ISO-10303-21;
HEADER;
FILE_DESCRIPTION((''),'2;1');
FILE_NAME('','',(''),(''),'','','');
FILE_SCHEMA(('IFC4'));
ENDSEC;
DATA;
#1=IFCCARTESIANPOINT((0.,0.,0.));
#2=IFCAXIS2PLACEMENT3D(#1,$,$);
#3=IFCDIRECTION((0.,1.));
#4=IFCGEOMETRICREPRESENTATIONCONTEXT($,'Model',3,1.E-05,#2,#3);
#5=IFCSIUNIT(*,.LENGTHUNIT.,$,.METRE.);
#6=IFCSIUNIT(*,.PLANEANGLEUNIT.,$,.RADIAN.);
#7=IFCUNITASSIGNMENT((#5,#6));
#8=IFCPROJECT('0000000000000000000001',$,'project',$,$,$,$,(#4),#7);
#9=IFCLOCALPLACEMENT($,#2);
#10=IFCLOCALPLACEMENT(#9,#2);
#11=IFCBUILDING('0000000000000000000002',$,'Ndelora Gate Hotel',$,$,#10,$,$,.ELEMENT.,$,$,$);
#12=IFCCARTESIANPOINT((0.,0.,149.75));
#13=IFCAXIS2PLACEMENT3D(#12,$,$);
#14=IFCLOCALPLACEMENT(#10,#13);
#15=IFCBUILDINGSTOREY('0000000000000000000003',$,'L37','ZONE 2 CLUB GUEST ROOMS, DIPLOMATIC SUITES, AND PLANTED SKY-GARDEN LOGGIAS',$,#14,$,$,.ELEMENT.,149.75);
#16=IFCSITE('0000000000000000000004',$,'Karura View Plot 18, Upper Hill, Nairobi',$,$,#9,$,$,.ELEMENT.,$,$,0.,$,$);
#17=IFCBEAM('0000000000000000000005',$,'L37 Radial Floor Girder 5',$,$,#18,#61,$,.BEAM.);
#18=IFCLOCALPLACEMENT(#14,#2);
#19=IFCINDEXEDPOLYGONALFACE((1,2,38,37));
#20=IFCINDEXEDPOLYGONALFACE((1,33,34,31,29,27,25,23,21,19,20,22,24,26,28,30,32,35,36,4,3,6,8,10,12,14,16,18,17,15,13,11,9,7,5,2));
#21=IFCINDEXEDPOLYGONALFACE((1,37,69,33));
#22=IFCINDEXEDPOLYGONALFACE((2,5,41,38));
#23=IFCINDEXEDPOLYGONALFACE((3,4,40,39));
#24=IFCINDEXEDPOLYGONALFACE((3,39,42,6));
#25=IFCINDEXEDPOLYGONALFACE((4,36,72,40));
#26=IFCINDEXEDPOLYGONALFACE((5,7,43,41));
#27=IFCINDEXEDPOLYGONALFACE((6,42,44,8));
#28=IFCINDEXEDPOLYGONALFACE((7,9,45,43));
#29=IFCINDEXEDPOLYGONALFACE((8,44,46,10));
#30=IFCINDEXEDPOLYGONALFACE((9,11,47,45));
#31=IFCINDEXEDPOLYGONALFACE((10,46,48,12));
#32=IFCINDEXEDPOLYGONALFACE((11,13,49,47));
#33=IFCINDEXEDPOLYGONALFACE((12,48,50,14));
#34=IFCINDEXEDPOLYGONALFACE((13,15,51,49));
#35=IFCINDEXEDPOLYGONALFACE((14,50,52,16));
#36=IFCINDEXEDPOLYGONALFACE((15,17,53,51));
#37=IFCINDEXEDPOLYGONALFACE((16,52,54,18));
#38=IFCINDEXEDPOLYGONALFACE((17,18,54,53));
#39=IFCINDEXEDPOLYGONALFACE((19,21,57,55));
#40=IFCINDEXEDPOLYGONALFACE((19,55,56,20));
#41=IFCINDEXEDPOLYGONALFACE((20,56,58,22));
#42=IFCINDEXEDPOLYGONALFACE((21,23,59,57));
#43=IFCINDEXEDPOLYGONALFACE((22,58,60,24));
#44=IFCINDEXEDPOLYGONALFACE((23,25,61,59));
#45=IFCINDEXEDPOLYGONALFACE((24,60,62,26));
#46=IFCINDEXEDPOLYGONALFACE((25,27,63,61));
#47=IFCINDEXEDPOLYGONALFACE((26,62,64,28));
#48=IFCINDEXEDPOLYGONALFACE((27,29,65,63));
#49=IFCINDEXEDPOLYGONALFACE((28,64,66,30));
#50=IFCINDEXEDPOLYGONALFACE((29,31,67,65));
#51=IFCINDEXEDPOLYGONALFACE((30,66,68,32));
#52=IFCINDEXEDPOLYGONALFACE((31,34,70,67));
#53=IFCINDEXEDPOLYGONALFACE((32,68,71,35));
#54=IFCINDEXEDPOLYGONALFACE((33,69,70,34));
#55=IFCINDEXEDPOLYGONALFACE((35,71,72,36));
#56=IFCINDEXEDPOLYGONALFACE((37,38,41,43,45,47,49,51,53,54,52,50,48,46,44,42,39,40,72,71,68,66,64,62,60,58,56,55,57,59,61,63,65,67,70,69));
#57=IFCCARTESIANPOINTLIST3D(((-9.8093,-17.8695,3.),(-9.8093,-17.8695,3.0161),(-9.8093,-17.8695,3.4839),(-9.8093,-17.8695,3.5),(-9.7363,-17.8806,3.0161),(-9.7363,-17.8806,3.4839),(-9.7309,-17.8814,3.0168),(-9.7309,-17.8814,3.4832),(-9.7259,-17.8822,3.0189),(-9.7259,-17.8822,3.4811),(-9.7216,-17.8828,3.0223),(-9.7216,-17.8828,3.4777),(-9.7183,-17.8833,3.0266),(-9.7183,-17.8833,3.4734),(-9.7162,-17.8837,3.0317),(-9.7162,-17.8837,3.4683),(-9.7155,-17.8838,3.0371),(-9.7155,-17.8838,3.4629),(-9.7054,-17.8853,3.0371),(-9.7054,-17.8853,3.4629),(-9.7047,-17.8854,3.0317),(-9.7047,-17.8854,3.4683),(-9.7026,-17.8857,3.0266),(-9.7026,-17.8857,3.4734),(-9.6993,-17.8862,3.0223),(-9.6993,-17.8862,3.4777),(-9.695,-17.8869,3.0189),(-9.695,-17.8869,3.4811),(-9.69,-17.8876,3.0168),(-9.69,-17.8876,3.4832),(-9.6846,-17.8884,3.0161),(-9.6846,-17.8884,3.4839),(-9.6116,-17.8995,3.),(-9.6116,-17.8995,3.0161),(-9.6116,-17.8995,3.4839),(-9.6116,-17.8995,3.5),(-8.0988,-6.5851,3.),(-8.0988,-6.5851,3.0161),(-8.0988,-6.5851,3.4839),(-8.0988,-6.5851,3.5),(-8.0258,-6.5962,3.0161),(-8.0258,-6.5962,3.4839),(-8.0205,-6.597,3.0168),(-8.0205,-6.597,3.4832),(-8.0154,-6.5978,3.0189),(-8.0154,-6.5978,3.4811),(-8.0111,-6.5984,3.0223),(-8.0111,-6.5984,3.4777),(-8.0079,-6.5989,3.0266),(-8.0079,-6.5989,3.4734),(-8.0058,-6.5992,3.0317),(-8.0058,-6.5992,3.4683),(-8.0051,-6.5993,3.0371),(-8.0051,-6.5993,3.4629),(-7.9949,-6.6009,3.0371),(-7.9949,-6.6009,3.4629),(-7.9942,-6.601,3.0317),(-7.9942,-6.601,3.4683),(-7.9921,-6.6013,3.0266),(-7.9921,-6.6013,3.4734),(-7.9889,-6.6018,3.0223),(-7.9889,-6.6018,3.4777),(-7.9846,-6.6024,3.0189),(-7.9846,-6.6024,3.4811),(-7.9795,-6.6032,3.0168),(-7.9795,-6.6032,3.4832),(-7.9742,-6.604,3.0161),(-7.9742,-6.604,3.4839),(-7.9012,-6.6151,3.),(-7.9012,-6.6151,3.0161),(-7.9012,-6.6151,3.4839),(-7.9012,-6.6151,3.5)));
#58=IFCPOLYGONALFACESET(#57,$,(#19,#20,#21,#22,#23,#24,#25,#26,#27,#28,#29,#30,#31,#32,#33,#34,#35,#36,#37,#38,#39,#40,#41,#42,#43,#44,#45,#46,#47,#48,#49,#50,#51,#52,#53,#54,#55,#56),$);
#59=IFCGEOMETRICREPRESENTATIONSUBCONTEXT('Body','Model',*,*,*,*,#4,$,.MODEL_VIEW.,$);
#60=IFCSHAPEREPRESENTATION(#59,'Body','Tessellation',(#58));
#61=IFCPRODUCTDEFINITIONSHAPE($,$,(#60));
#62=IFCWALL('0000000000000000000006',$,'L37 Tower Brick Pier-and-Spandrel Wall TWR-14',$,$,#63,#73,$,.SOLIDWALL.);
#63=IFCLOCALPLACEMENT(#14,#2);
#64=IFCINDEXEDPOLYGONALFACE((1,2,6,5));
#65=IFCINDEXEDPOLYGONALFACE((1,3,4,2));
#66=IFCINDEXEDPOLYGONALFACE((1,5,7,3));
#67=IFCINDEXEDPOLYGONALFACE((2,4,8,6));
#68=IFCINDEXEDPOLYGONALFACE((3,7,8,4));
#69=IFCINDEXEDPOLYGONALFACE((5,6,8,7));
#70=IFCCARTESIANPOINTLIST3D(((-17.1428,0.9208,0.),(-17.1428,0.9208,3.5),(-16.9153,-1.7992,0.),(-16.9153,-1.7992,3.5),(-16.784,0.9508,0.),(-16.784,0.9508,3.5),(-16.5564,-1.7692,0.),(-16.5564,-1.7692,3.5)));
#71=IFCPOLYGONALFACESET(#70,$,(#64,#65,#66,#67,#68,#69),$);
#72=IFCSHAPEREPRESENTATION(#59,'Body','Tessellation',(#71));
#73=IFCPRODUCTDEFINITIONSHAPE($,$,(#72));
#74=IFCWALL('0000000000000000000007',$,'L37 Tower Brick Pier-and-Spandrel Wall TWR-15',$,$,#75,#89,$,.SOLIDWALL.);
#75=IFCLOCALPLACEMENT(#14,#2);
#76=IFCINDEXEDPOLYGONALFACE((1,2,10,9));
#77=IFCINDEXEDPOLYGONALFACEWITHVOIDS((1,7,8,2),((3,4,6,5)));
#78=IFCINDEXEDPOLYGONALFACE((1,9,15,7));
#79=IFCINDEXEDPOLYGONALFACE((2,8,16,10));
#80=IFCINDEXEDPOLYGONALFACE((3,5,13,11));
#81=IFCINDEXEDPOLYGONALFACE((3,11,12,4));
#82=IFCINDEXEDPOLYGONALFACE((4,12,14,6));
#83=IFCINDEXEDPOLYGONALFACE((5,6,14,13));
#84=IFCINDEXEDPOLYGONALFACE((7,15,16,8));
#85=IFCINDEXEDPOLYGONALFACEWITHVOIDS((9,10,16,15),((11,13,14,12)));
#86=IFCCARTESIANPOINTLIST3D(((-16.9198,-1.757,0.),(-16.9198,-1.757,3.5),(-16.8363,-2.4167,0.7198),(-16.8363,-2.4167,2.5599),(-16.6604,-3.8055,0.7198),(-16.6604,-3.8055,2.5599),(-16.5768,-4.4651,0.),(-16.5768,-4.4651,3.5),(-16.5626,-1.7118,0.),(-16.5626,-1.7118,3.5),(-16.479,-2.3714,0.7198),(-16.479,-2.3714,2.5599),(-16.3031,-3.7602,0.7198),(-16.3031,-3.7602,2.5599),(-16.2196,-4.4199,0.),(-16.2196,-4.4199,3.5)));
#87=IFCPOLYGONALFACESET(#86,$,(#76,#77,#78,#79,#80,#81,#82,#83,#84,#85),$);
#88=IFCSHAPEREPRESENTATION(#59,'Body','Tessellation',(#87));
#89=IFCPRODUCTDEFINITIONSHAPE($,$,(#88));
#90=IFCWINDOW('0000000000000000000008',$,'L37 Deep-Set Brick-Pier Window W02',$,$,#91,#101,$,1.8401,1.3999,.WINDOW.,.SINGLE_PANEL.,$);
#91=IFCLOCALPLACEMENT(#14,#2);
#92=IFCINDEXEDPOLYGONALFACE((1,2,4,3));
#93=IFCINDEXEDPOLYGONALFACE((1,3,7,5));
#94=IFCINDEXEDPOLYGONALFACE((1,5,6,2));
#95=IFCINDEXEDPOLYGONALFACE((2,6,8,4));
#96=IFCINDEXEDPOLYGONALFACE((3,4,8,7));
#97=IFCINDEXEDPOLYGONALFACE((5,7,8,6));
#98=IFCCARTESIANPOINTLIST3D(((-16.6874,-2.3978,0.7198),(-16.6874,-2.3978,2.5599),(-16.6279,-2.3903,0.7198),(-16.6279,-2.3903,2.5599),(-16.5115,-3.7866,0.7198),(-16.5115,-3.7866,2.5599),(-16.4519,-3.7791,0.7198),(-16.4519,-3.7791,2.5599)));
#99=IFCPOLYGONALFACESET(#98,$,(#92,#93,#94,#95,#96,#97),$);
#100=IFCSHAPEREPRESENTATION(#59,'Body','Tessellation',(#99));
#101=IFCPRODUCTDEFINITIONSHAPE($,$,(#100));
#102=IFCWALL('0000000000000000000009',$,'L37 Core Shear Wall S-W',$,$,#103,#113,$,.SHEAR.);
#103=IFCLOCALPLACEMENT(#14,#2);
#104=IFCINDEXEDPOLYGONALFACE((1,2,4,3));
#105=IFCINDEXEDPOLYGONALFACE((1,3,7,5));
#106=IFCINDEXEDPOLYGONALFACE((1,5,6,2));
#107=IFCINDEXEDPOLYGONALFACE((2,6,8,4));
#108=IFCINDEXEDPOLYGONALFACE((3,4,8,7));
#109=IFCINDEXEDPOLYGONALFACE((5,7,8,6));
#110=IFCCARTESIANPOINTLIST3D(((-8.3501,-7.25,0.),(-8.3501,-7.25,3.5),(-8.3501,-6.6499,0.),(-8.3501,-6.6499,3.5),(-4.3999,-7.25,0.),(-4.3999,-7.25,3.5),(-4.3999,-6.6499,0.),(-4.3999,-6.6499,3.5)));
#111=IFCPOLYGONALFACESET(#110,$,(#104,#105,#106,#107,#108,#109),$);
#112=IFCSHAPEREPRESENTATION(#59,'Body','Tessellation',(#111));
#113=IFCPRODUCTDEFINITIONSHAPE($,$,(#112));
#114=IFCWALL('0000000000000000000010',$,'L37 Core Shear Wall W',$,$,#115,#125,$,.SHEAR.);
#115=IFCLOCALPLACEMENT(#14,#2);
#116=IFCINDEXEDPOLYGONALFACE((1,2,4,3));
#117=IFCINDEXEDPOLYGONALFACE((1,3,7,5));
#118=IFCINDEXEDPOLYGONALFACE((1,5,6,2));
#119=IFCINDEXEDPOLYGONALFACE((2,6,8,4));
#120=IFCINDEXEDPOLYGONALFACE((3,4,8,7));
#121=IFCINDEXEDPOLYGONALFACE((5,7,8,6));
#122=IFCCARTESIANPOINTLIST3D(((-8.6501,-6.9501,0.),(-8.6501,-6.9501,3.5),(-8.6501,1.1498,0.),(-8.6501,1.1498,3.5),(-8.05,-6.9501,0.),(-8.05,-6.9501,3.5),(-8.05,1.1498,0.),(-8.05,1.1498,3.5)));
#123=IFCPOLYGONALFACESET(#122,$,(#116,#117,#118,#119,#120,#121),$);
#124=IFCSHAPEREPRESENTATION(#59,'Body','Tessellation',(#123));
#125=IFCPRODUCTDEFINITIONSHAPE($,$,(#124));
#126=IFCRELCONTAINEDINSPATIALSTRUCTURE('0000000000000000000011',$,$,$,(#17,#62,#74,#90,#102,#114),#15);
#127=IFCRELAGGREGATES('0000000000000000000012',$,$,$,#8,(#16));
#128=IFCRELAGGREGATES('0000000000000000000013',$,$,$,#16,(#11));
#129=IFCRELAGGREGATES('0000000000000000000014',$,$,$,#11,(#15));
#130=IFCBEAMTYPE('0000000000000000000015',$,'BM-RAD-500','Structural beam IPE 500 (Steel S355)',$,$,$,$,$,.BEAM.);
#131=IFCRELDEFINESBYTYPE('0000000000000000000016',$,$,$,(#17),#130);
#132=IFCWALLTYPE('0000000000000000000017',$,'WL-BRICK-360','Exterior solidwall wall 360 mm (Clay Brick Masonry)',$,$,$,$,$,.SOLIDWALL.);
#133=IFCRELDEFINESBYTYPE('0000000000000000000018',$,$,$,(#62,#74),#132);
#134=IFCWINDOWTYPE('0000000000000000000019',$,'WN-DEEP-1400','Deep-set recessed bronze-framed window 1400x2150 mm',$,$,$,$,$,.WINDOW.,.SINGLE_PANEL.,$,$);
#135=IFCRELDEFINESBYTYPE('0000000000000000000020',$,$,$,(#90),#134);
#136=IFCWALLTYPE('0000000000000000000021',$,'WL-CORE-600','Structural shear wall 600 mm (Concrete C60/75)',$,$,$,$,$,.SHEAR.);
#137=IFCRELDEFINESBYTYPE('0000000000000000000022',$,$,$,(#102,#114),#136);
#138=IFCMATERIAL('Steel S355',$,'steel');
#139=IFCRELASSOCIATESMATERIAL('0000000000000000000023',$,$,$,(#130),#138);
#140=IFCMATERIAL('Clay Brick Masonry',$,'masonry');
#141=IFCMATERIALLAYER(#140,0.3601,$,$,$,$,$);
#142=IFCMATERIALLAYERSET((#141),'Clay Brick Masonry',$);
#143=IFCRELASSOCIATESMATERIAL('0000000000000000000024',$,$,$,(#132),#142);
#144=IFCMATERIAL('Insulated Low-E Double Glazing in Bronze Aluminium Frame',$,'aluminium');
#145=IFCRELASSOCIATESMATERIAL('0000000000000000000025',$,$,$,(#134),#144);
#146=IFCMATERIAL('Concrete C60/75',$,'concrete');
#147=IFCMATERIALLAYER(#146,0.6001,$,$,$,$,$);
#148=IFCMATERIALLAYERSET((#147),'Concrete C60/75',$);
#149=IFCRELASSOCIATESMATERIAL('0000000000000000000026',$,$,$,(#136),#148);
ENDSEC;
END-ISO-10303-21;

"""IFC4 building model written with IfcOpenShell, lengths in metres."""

from ifc_helpers import new_model, si_unit, direction, frame, frame_2d, origin, origin_2d, place, context, subcontext, project, spatial, rectangle, i_section, extrude, material, layer, layer_set, material_profile, profile_set, type_object, element, fill, save


model = new_model("IFC4")

# Units and contexts
model_context = context("Model", 3, precision=1e-05, world=origin(), true_north=direction((0.0, 1.0)))
body_context = subcontext(model_context, "Body", "Model", "MODEL_VIEW")
ifc_project = project(units=[si_unit("LENGTHUNIT", "METRE"), si_unit("PLANEANGLEUNIT", "RADIAN")], contexts=[model_context])

# Site, building, storey
site_placement = place(None, origin())
site = spatial("IfcSite", under=ifc_project, at=site_placement, Name="Karura View Plot 18, Upper Hill, Nairobi", CompositionType="ELEMENT", RefElevation=0.0)
building_placement = place(site_placement, origin())
building = spatial("IfcBuilding", under=site, at=building_placement, Name="Ndelora Gate Hotel", CompositionType="ELEMENT")
storey_placement = place(building_placement, frame((0.0, 0.0, 149.75)))
storey = spatial("IfcBuildingStorey", under=building, at=storey_placement, Name="L37", Description="ZONE 2 CLUB GUEST ROOMS, DIPLOMATIC SUITES, AND PLANTED SKY-GARDEN LOGGIAS", CompositionType="ELEMENT", Elevation=149.75)

# Shared definitions
ifc_material_1 = material(Name="Concrete C60/75", Category="concrete")

# Beam
ifc_material_2 = material(Name="Steel S355", Category="steel")
ifc_material_profile_1 = material_profile(ifc_material_2, i_section(OverallWidth=0.2, OverallDepth=0.5, WebThickness=0.0103, FlangeThickness=0.0161, FilletRadius=0.021, at=origin_2d()), Name="IPE 500")
ifc_profile_set_1 = profile_set([ifc_material_profile_1], Name="Steel S355")
beam_type_1 = type_object("IfcBeamType", Name="BM-RAD-500", Description="Structural beam IPE 500 (Steel S355)", PredefinedType="BEAM", material=ifc_profile_set_1)
beam_1_placement = place(storey_placement, frame((-8.0, -6.6001, 3.25), z_axis=(-0.149864, -0.988707, 0.0), x_axis=(0.988707, -0.149864, 0.0)))
element("IfcBeam", 1, at=beam_1_placement, inside=storey, type_object=beam_type_1, Name="L37 Radial Floor Girder 5", PredefinedType="BEAM", context=body_context, shape_type="SweptSolid", body=[
    extrude(i_section(OverallWidth=0.2, OverallDepth=0.5, WebThickness=0.0103, FlangeThickness=0.0161, FilletRadius=0.021, at=origin_2d()), origin(), (0.0, 0.0, 1.0), 11.4133),
])

# Wall
ifc_material_3 = material(Name="Clay Brick Masonry", Category="masonry")
ifc_layer_1 = layer(ifc_material_3, 0.3601)
ifc_layer_set_1 = layer_set([ifc_layer_1], Name="Clay Brick Masonry")
wall_type_1 = type_object("IfcWallType", Name="WL-BRICK-360", Description="Exterior solidwall wall 360 mm (Clay Brick Masonry)", PredefinedType="SOLIDWALL", material=ifc_layer_set_1)
wall_1_placement = place(storey_placement, frame((-16.7358, -1.7842, 0.0), z_axis=(0.0, 0.0, 1.0), x_axis=(-0.083364, 0.996519, 0.0)))
element("IfcWall", 2, at=wall_1_placement, inside=storey, type_object=wall_type_1, Name="L37 Tower Brick Pier-and-Spandrel Wall TWR-14", PredefinedType="SOLIDWALL", context=body_context, shape_type="SweptSolid", body=[
    extrude(rectangle(XDim=2.7295, YDim=0.3601, at=frame_2d((1.3647, 0.0))), origin(), (0.0, 0.0, 1.0), 3.5),
])

# Wall, opening, window
wall_2_placement = place(storey_placement, frame((-16.3982, -4.4424, 0.0), z_axis=(0.0, 0.0, 1.0), x_axis=(-0.125664, 0.992073, 0.0)))
wall_2 = element("IfcWall", 3, at=wall_2_placement, inside=storey, type_object=wall_type_1, Name="L37 Tower Brick Pier-and-Spandrel Wall TWR-15", PredefinedType="SOLIDWALL", context=body_context, shape_type="SweptSolid", body=[
    extrude(rectangle(XDim=2.7297, YDim=0.3601, at=frame_2d((1.3647, 0.0))), origin(), (0.0, 0.0, 1.0), 3.5),
])
opening_1_placement = place(wall_2_placement, frame((0.6648, 0.0, 0.72)))
opening_1 = element("IfcOpeningElement", 4, at=opening_1_placement, cuts=wall_2, PredefinedType="OPENING", context=body_context, shape_type="SweptSolid", body=[
    extrude(rectangle(XDim=1.3999, YDim=1.8401, at=frame_2d((0.7, 0.9199))), frame((0.0, 0.1899, 0.0), z_axis=(0.0, -1.0, 0.0), x_axis=(1.0, 0.0, 0.0)), (0.0, 0.0, 1.0), 0.3801),
])
ifc_material_4 = material(Name="Insulated Low-E Double Glazing in Bronze Aluminium Frame", Category="aluminium")
window_type = type_object("IfcWindowType", Name="WN-DEEP-1400", Description="Deep-set recessed bronze-framed window 1400x2150 mm", PartitioningType="SINGLE_PANEL", PredefinedType="WINDOW", material=ifc_material_4)
window_placement = place(opening_1_placement, origin())
window = element("IfcWindow", 5, at=window_placement, inside=storey, type_object=window_type, Name="L37 Deep-Set Brick-Pier Window W02", OverallHeight=1.8401, OverallWidth=1.3999, PartitioningType="SINGLE_PANEL", PredefinedType="WINDOW", context=body_context, shape_type="SweptSolid", body=[
    extrude(rectangle(XDim=1.3999, YDim=1.8401, at=frame_2d((0.7, 0.9199))), frame((0.0, 0.03, 0.0), z_axis=(0.0, -1.0, 0.0), x_axis=(1.0, 0.0, 0.0)), (0.0, 0.0, 1.0), 0.0601),
])
fill(opening_1, window)

# Walls
ifc_layer_2 = layer(ifc_material_1, 0.6001)
ifc_layer_set_2 = layer_set([ifc_layer_2], Name="Concrete C60/75")
wall_type_2 = type_object("IfcWallType", Name="WL-CORE-600", Description="Structural shear wall 600 mm (Concrete C60/75)", PredefinedType="SHEAR", material=ifc_layer_set_2)
wall_3_placement = place(storey_placement, frame((-8.3501, -6.95, 0.0), z_axis=(0.0, 0.0, 1.0), x_axis=(1.0, 0.0, 0.0)))
element("IfcWall", 6, at=wall_3_placement, inside=storey, type_object=wall_type_2, Name="L37 Core Shear Wall S-W", PredefinedType="SHEAR", context=body_context, shape_type="SweptSolid", body=[
    extrude(rectangle(XDim=3.9502, YDim=0.6001, at=frame_2d((1.9751, 0.0))), origin(), (0.0, 0.0, 1.0), 3.5),
])
wall_4_placement = place(storey_placement, frame((-8.3501, -6.95, 0.0), z_axis=(0.0, 0.0, 1.0), x_axis=(0.0, 1.0, 0.0)))
element("IfcWall", 7, at=wall_4_placement, inside=storey, type_object=wall_type_2, Name="L37 Core Shear Wall W", PredefinedType="SHEAR", context=body_context, shape_type="SweptSolid", body=[
    extrude(rectangle(XDim=8.0999, YDim=0.6001, at=frame_2d((4.0498, 0.0))), origin(), (0.0, 0.0, 1.0), 3.5),
])

save(model, "model.ifc")
